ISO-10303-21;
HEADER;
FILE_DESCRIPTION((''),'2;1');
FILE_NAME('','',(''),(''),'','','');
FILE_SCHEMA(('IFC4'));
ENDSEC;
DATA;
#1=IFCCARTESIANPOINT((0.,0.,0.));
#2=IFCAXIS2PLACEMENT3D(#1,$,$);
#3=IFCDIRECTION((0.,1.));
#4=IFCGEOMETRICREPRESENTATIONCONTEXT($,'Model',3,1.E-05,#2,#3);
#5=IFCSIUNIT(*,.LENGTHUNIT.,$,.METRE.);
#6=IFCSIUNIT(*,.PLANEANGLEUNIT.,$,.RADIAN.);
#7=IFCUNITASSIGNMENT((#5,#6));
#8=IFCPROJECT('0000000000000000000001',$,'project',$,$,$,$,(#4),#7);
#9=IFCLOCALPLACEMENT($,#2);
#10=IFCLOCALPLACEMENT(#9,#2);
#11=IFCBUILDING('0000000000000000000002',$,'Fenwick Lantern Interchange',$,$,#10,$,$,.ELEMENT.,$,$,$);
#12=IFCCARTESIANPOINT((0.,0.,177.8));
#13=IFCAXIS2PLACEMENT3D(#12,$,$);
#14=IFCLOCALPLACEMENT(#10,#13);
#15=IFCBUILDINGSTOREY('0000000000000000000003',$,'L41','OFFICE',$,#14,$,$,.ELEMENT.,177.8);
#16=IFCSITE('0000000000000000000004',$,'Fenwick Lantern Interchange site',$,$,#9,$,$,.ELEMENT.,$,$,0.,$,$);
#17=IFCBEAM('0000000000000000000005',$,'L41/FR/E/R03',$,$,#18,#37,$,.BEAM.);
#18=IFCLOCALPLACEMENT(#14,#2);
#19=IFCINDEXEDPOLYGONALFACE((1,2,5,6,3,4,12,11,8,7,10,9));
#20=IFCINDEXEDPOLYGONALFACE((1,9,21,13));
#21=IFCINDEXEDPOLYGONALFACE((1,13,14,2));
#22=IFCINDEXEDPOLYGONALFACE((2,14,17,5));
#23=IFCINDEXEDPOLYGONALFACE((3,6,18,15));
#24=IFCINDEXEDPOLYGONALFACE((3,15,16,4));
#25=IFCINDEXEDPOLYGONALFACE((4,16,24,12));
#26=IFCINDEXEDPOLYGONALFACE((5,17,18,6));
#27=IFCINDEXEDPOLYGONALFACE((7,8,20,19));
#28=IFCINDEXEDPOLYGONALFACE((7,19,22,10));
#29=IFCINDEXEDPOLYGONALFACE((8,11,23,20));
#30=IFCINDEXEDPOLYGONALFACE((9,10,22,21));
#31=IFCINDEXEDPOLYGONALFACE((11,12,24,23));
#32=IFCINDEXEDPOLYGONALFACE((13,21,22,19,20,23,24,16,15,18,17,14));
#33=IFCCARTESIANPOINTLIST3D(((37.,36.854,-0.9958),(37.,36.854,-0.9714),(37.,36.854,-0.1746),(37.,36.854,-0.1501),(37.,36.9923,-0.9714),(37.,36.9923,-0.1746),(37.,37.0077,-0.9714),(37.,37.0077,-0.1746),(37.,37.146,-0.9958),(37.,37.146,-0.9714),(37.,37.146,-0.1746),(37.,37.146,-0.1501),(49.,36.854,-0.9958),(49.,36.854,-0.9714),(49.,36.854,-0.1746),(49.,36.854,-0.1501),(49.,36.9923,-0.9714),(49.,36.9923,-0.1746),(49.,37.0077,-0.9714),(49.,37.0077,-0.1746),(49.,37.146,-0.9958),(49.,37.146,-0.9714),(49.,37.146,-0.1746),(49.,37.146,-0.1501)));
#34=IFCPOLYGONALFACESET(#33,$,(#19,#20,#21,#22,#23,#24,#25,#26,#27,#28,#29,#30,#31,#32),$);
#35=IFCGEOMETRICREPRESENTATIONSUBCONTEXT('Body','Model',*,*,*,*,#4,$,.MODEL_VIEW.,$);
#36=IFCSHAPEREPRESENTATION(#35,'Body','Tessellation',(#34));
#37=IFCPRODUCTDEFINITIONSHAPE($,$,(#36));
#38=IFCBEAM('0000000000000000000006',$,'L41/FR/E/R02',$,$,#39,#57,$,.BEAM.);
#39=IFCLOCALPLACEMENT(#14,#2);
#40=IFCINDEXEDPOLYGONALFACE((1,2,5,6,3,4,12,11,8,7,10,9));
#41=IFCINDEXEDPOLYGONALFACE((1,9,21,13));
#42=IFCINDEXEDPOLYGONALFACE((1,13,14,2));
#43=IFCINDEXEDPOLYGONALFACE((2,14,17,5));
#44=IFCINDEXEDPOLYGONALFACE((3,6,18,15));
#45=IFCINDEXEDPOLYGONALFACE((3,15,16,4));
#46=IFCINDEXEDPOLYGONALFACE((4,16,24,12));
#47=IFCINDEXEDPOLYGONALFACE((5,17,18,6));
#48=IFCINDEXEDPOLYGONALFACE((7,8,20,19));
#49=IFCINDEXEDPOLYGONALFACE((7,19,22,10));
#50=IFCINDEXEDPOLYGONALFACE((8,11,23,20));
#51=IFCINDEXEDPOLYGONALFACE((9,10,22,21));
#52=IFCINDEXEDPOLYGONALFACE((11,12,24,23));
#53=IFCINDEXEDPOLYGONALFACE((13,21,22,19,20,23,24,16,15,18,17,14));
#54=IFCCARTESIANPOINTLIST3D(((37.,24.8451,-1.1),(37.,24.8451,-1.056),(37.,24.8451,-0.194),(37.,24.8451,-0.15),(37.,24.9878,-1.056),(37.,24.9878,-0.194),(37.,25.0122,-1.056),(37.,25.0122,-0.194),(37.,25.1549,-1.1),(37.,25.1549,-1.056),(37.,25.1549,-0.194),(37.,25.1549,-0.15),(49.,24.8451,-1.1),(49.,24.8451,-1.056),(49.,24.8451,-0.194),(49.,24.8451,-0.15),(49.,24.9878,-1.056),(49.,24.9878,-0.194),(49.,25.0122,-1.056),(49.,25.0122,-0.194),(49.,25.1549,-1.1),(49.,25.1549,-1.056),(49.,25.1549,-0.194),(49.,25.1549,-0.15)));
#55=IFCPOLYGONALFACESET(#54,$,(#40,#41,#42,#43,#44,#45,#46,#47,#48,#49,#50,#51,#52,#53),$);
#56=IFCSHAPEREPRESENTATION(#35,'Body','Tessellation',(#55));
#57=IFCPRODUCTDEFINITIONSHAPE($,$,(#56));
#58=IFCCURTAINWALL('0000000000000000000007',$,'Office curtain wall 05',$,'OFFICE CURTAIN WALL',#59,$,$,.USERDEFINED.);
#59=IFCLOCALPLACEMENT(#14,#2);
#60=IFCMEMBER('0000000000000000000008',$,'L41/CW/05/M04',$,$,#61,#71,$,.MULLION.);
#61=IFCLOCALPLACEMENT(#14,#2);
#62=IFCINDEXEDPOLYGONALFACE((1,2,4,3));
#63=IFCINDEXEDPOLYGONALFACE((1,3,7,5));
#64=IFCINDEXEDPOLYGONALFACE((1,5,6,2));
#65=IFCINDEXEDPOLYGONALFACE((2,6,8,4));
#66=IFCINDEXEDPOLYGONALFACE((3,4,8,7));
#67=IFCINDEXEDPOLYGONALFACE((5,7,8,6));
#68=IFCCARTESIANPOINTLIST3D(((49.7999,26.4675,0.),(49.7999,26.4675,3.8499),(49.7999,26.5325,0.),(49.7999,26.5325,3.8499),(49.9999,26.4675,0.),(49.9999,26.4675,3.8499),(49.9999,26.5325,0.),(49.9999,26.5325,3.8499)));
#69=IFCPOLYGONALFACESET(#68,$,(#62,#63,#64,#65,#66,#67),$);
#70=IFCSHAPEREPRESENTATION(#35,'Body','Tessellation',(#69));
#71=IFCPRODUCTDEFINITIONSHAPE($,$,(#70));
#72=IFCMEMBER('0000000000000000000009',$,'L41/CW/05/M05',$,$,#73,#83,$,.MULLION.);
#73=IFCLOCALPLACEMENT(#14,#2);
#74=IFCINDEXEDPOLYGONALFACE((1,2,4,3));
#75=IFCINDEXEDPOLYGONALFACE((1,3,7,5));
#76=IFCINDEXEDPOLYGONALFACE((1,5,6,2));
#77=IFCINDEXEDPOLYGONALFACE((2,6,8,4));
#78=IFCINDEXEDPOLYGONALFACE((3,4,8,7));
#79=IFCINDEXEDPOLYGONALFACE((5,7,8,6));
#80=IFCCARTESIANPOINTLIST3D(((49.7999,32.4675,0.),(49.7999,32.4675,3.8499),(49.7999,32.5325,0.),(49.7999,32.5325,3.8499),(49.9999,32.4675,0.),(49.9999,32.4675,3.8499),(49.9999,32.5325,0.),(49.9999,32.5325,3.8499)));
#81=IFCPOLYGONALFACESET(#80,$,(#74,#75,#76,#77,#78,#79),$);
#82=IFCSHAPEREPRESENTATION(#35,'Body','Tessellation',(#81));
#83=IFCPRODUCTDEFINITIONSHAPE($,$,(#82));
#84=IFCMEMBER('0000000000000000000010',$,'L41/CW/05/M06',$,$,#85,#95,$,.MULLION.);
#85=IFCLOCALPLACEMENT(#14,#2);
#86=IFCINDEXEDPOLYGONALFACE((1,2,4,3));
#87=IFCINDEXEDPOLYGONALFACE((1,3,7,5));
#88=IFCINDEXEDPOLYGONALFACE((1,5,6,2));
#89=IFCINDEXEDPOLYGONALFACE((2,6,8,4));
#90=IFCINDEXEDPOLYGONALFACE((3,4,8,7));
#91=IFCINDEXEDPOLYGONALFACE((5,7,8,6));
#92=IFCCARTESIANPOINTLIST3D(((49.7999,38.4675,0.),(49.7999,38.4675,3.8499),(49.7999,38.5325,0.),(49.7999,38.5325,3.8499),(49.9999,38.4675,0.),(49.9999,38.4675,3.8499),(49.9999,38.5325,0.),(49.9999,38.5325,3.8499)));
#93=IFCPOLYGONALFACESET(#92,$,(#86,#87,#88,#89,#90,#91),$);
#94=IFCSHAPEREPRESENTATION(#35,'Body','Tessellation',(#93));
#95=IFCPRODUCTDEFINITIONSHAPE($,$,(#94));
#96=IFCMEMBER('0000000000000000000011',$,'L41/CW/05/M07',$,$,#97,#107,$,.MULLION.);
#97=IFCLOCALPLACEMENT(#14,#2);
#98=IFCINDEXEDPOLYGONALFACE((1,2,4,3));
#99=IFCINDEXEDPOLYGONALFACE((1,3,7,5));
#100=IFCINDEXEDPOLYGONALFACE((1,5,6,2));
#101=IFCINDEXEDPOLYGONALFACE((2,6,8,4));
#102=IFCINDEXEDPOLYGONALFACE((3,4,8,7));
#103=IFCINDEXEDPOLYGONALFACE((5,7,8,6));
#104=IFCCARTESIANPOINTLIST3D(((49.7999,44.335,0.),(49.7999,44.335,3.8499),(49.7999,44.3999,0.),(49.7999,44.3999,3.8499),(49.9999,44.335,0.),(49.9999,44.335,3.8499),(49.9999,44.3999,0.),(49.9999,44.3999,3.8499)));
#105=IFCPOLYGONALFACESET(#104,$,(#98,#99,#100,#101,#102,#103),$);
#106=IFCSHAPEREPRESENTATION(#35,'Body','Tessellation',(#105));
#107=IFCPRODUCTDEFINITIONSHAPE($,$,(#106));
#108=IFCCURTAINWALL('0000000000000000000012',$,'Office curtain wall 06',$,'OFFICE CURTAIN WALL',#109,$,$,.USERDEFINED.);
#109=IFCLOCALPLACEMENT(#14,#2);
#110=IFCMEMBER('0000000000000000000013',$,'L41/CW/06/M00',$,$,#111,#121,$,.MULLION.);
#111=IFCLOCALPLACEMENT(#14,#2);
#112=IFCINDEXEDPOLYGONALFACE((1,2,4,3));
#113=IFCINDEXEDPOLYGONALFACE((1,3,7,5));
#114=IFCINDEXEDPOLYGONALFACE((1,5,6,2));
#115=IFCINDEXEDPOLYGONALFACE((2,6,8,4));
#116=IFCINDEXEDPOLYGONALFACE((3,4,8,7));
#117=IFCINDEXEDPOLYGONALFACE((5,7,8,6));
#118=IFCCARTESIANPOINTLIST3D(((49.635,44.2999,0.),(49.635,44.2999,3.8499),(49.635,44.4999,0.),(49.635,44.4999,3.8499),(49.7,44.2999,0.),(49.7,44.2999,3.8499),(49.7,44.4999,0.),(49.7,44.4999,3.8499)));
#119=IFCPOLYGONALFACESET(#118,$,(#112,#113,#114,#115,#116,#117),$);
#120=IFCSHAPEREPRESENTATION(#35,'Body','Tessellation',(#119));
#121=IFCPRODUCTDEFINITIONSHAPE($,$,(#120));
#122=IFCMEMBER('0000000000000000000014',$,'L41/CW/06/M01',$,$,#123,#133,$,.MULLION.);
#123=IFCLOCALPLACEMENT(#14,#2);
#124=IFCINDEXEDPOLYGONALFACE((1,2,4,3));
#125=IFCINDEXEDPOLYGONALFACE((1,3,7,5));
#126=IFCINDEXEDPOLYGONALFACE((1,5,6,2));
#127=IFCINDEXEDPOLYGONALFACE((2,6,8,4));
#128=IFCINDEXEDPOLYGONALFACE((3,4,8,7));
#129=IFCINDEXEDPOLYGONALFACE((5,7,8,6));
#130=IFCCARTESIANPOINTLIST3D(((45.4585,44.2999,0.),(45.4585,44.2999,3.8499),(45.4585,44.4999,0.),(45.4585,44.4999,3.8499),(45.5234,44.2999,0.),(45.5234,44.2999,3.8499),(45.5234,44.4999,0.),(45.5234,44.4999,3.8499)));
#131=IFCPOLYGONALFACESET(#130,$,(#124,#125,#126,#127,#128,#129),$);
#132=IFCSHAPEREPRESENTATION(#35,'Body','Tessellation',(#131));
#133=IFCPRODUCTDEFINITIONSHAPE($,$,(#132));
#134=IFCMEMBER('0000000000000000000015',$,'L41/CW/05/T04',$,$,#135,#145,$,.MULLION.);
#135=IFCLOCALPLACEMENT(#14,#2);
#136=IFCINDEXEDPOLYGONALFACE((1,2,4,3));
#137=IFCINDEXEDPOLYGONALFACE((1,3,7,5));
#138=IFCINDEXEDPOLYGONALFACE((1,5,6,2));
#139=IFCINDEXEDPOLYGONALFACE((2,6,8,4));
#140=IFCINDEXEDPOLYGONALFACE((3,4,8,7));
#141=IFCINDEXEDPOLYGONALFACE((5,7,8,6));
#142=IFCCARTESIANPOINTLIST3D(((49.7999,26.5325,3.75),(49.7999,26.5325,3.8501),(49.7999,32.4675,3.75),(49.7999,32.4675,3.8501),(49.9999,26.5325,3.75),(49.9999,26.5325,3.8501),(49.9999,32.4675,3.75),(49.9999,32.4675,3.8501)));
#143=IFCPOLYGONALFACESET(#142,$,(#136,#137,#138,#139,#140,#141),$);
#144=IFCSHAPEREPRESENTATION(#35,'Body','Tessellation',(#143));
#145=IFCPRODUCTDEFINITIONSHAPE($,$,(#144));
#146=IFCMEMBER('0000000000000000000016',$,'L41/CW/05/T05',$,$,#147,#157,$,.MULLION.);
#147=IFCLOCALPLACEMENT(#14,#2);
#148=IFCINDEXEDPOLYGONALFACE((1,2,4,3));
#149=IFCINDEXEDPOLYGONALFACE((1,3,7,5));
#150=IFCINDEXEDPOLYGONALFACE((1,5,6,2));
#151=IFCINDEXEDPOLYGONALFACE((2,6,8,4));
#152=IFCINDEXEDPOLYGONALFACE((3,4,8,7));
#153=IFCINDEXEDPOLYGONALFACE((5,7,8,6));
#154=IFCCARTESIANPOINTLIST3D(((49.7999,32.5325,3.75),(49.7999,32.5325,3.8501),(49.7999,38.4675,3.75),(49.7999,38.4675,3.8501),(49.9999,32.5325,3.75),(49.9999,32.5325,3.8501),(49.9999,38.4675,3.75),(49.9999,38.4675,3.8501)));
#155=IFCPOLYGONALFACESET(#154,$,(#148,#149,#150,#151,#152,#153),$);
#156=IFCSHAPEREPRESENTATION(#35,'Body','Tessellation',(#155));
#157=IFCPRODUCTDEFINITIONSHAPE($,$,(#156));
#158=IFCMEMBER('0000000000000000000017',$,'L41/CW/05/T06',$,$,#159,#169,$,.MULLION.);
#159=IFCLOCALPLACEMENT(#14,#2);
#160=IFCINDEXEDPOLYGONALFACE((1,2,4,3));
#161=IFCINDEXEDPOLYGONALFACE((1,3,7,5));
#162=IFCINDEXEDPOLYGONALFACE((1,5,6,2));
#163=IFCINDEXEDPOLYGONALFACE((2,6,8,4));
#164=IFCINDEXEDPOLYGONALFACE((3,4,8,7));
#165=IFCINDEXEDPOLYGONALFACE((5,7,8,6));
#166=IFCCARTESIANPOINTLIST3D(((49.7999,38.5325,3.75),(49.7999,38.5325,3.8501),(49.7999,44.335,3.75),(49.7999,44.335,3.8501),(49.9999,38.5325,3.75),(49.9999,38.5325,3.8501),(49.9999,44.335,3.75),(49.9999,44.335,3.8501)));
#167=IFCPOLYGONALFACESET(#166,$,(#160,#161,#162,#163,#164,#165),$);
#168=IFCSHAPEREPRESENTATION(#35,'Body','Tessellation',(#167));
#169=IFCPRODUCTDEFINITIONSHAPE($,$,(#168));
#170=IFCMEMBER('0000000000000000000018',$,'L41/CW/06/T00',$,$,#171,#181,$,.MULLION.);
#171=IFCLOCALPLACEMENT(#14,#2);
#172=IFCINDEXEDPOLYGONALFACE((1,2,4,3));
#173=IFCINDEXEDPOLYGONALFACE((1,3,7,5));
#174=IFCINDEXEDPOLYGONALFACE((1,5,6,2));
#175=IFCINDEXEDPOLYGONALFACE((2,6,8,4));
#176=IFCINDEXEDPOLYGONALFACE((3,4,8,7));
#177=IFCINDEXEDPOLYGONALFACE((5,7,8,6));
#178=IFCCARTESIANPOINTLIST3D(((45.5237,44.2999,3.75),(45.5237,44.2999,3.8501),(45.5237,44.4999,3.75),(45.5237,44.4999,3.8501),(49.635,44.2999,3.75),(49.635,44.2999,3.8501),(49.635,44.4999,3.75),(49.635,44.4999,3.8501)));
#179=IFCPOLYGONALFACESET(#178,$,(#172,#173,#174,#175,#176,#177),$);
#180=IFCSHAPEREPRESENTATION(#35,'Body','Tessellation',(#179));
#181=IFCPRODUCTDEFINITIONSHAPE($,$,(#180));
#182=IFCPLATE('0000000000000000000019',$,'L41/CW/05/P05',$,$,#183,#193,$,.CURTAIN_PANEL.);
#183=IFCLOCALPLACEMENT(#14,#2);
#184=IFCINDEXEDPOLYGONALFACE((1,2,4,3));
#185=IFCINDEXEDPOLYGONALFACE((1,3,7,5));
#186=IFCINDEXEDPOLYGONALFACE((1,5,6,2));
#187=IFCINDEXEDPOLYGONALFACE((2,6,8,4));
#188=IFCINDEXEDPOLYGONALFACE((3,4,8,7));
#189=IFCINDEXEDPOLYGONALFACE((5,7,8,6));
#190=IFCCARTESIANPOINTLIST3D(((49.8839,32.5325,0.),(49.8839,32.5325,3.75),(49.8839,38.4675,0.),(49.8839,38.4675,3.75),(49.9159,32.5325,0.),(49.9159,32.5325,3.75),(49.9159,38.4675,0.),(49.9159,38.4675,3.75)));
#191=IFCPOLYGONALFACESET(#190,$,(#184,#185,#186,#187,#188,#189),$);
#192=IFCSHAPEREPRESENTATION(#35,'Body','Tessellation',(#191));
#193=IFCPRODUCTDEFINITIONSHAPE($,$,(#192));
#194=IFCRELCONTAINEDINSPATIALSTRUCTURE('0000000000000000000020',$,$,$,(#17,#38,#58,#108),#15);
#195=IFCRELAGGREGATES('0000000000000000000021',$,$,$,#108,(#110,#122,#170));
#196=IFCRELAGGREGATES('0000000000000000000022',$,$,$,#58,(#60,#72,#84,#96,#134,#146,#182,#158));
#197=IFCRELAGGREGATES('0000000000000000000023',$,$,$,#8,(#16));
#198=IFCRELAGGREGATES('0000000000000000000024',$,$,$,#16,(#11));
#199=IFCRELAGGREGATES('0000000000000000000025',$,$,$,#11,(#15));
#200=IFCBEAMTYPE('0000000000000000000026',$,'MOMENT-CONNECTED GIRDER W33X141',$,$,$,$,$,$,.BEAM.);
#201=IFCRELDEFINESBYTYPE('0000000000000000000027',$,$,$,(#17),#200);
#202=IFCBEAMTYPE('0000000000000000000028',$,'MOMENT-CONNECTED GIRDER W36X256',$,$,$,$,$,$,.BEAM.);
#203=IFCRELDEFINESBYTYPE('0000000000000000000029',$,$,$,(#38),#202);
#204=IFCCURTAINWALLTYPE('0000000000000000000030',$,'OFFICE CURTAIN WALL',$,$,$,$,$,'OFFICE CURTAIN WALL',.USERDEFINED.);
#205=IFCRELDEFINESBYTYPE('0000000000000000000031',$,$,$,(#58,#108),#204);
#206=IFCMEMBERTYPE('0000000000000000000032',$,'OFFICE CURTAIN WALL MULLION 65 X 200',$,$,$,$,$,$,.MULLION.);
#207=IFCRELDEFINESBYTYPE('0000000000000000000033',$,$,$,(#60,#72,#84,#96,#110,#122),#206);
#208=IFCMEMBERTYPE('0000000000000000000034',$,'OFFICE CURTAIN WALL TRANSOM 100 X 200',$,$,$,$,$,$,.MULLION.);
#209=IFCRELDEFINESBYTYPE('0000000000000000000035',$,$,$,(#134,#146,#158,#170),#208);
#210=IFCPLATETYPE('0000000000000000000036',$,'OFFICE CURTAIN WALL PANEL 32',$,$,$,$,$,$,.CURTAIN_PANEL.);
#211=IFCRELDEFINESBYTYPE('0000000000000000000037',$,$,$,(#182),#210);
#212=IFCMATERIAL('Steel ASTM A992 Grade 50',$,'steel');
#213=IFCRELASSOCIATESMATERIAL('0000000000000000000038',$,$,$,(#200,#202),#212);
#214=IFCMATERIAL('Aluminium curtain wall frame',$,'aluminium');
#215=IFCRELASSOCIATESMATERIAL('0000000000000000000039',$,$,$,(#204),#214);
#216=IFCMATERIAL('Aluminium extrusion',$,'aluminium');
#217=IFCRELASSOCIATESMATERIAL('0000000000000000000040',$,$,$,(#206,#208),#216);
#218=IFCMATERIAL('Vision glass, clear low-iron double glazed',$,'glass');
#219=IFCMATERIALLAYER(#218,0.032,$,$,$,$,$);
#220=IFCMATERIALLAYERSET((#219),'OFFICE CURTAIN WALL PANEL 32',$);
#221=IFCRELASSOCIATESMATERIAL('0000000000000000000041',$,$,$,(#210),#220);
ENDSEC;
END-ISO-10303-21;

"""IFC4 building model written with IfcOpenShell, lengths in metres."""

from ifc_helpers import new_model, si_unit, direction, frame, origin, origin_2d, place, context, subcontext, project, spatial, rectangle, i_section, extrude, material, layer, layer_set, material_profile, profile_set, type_object, element, aggregate, save


model = new_model("IFC4")

# Units and contexts
model_context = context("Model", 3, precision=1e-05, world=origin(), true_north=direction((0.0, 1.0)))
body_context = subcontext(model_context, "Body", "Model", "MODEL_VIEW")
ifc_project = project(units=[si_unit("LENGTHUNIT", "METRE"), si_unit("PLANEANGLEUNIT", "RADIAN")], contexts=[model_context])

# Site, building, storey
site_placement = place(None, origin())
site = spatial("IfcSite", under=ifc_project, at=site_placement, Name="Fenwick Lantern Interchange site", CompositionType="ELEMENT", RefElevation=0.0)
building_placement = place(site_placement, origin())
building = spatial("IfcBuilding", under=site, at=building_placement, Name="Fenwick Lantern Interchange", CompositionType="ELEMENT")
storey_placement = place(building_placement, frame((0.0, 0.0, 177.8)))
storey = spatial("IfcBuildingStorey", under=building, at=storey_placement, Name="L41", Description="OFFICE", CompositionType="ELEMENT", Elevation=177.8)

# Shared definitions
ifc_material_1 = material(Name="Steel ASTM A992 Grade 50", Category="steel")

# Beams
ifc_material_profile_1 = material_profile(ifc_material_1, i_section(OverallWidth=0.292, OverallDepth=0.8457, WebThickness=0.0154, FlangeThickness=0.0244, at=origin_2d()), Name="W33X141")
ifc_profile_set_1 = profile_set([ifc_material_profile_1], Name="Steel ASTM A992 Grade 50")
beam_type_1 = type_object("IfcBeamType", Name="MOMENT-CONNECTED GIRDER W33X141", PredefinedType="BEAM", material=ifc_profile_set_1)
beam_1_placement = place(storey_placement, frame((49.0, 37.0, -0.573), z_axis=(-1.0, 0.0, 0.0), x_axis=(0.0, -1.0, 0.0)))
element("IfcBeam", 1, at=beam_1_placement, inside=storey, type_object=beam_type_1, Name="L41/FR/E/R03", PredefinedType="BEAM", context=body_context, shape_type="SweptSolid", body=[
    extrude(i_section(OverallWidth=0.292, OverallDepth=0.8457, WebThickness=0.0154, FlangeThickness=0.0244, at=origin_2d()), origin(), (0.0, 0.0, 1.0), 12.0),
])
ifc_material_profile_2 = material_profile(ifc_material_1, i_section(OverallWidth=0.3098, OverallDepth=0.95, WebThickness=0.0244, FlangeThickness=0.0439, at=origin_2d()), Name="W36X256")
ifc_profile_set_2 = profile_set([ifc_material_profile_2], Name="Steel ASTM A992 Grade 50")
beam_type_2 = type_object("IfcBeamType", Name="MOMENT-CONNECTED GIRDER W36X256", PredefinedType="BEAM", material=ifc_profile_set_2)
beam_2_placement = place(storey_placement, frame((49.0, 25.0, -0.625), z_axis=(-1.0, 0.0, 0.0), x_axis=(0.0, -1.0, 0.0)))
element("IfcBeam", 2, at=beam_2_placement, inside=storey, type_object=beam_type_2, Name="L41/FR/E/R02", PredefinedType="BEAM", context=body_context, shape_type="SweptSolid", body=[
    extrude(i_section(OverallWidth=0.3098, OverallDepth=0.95, WebThickness=0.0244, FlangeThickness=0.0439, at=origin_2d()), origin(), (0.0, 0.0, 1.0), 12.0),
])

# Curtain walls, members
ifc_material_2 = material(Name="Aluminium curtain wall frame", Category="aluminium")
curtain_wall_type = type_object("IfcCurtainWallType", Name="OFFICE CURTAIN WALL", ElementType="OFFICE CURTAIN WALL", PredefinedType="USERDEFINED", material=ifc_material_2)
curtain_wall_1_placement = place(storey_placement, origin())
curtain_wall_1 = element("IfcCurtainWall", 3, at=curtain_wall_1_placement, inside=storey, type_object=curtain_wall_type, Name="Office curtain wall 05", ObjectType="OFFICE CURTAIN WALL", PredefinedType="USERDEFINED")
ifc_material_3 = material(Name="Aluminium extrusion", Category="aluminium")
ifc_material_profile_3 = material_profile(ifc_material_3, rectangle(XDim=0.2, YDim=0.0649, at=origin_2d()), Name="OFFICE CURTAIN WALL MULLION 65 X 200")
ifc_profile_set_3 = profile_set([ifc_material_profile_3], Name="Aluminium extrusion")
member_type_1 = type_object("IfcMemberType", Name="OFFICE CURTAIN WALL MULLION 65 X 200", PredefinedType="MULLION", material=ifc_profile_set_3)
member_1_placement = place(storey_placement, frame((49.8999, 26.5, 0.0), z_axis=(0.0, 0.0, 1.0), x_axis=(-1.0, 0.0, 0.0)))
member_1 = element("IfcMember", 4, at=member_1_placement, type_object=member_type_1, Name="L41/CW/05/M04", PredefinedType="MULLION", context=body_context, shape_type="SweptSolid", body=[
    extrude(rectangle(XDim=0.2, YDim=0.0649, at=origin_2d()), origin(), (0.0, 0.0, 1.0), 3.8499),
])
member_2_placement = place(storey_placement, frame((49.8999, 32.5, 0.0), z_axis=(0.0, 0.0, 1.0), x_axis=(-1.0, 0.0, 0.0)))
member_2 = element("IfcMember", 5, at=member_2_placement, type_object=member_type_1, Name="L41/CW/05/M05", PredefinedType="MULLION", context=body_context, shape_type="SweptSolid", body=[
    extrude(rectangle(XDim=0.2, YDim=0.0649, at=origin_2d()), origin(), (0.0, 0.0, 1.0), 3.8499),
])
member_3_placement = place(storey_placement, frame((49.8999, 38.5, 0.0), z_axis=(0.0, 0.0, 1.0), x_axis=(-1.0, 0.0, 0.0)))
member_3 = element("IfcMember", 6, at=member_3_placement, type_object=member_type_1, Name="L41/CW/05/M06", PredefinedType="MULLION", context=body_context, shape_type="SweptSolid", body=[
    extrude(rectangle(XDim=0.2, YDim=0.0649, at=origin_2d()), origin(), (0.0, 0.0, 1.0), 3.8499),
])
member_4_placement = place(storey_placement, frame((49.8999, 44.3674, 0.0), z_axis=(0.0, 0.0, 1.0), x_axis=(-1.0, 0.0, 0.0)))
member_4 = element("IfcMember", 7, at=member_4_placement, type_object=member_type_1, Name="L41/CW/05/M07", PredefinedType="MULLION", context=body_context, shape_type="SweptSolid", body=[
    extrude(rectangle(XDim=0.2, YDim=0.0649, at=origin_2d()), origin(), (0.0, 0.0, 1.0), 3.8499),
])
curtain_wall_2_placement = place(storey_placement, origin())
curtain_wall_2 = element("IfcCurtainWall", 8, at=curtain_wall_2_placement, inside=storey, type_object=curtain_wall_type, Name="Office curtain wall 06", ObjectType="OFFICE CURTAIN WALL", PredefinedType="USERDEFINED")
member_5_placement = place(storey_placement, frame((49.6675, 44.3999, 0.0), z_axis=(0.0, 0.0, 1.0), x_axis=(0.0, -1.0, 0.0)))
member_5 = element("IfcMember", 9, at=member_5_placement, type_object=member_type_1, Name="L41/CW/06/M00", PredefinedType="MULLION", context=body_context, shape_type="SweptSolid", body=[
    extrude(rectangle(XDim=0.2, YDim=0.0649, at=origin_2d()), origin(), (0.0, 0.0, 1.0), 3.8499),
])
member_6_placement = place(storey_placement, frame((45.491, 44.3999, 0.0), z_axis=(0.0, 0.0, 1.0), x_axis=(0.0, -1.0, 0.0)))
member_6 = element("IfcMember", 10, at=member_6_placement, type_object=member_type_1, Name="L41/CW/06/M01", PredefinedType="MULLION", context=body_context, shape_type="SweptSolid", body=[
    extrude(rectangle(XDim=0.2, YDim=0.0649, at=origin_2d()), origin(), (0.0, 0.0, 1.0), 3.8499),
])

# Members
ifc_material_profile_4 = material_profile(ifc_material_3, rectangle(XDim=0.2, YDim=0.1001, at=origin_2d()), Name="OFFICE CURTAIN WALL TRANSOM 100 X 200")
ifc_profile_set_4 = profile_set([ifc_material_profile_4], Name="Aluminium extrusion")
member_type_2 = type_object("IfcMemberType", Name="OFFICE CURTAIN WALL TRANSOM 100 X 200", PredefinedType="MULLION", material=ifc_profile_set_4)
member_7_placement = place(storey_placement, frame((49.8999, 26.5325, 3.8), z_axis=(0.0, 1.0, 0.0), x_axis=(-1.0, 0.0, 0.0)))
member_7 = element("IfcMember", 11, at=member_7_placement, type_object=member_type_2, Name="L41/CW/05/T04", PredefinedType="MULLION", context=body_context, shape_type="SweptSolid", body=[
    extrude(rectangle(XDim=0.2, YDim=0.1001, at=origin_2d()), origin(), (0.0, 0.0, 1.0), 5.9351),
])
member_8_placement = place(storey_placement, frame((49.8999, 32.5325, 3.8), z_axis=(0.0, 1.0, 0.0), x_axis=(-1.0, 0.0, 0.0)))
member_8 = element("IfcMember", 12, at=member_8_placement, type_object=member_type_2, Name="L41/CW/05/T05", PredefinedType="MULLION", context=body_context, shape_type="SweptSolid", body=[
    extrude(rectangle(XDim=0.2, YDim=0.1001, at=origin_2d()), origin(), (0.0, 0.0, 1.0), 5.9351),
])
member_9_placement = place(storey_placement, frame((49.8999, 38.5325, 3.8), z_axis=(0.0, 1.0, 0.0), x_axis=(-1.0, 0.0, 0.0)))
member_9 = element("IfcMember", 13, at=member_9_placement, type_object=member_type_2, Name="L41/CW/05/T06", PredefinedType="MULLION", context=body_context, shape_type="SweptSolid", body=[
    extrude(rectangle(XDim=0.2, YDim=0.1001, at=origin_2d()), origin(), (0.0, 0.0, 1.0), 5.8025),
])
member_10_placement = place(storey_placement, frame((49.635, 44.3999, 3.8), z_axis=(-1.0, 0.0, 0.0), x_axis=(0.0, -1.0, 0.0)))
member_10 = element("IfcMember", 14, at=member_10_placement, type_object=member_type_2, Name="L41/CW/06/T00", PredefinedType="MULLION", context=body_context, shape_type="SweptSolid", body=[
    extrude(rectangle(XDim=0.2, YDim=0.1001, at=origin_2d()), origin(), (0.0, 0.0, 1.0), 4.1113),
])
aggregate(curtain_wall_2, [member_5, member_6, member_10])

# Plate
ifc_material_4 = material(Name="Vision glass, clear low-iron double glazed", Category="glass")
ifc_layer_1 = layer(ifc_material_4, 0.032)
ifc_layer_set_1 = layer_set([ifc_layer_1], Name="OFFICE CURTAIN WALL PANEL 32")
plate_type = type_object("IfcPlateType", Name="OFFICE CURTAIN WALL PANEL 32", PredefinedType="CURTAIN_PANEL", material=ifc_layer_set_1)
plate_placement = place(storey_placement, frame((49.8999, 35.5, 0.0), z_axis=(0.0, 0.0, 1.0), x_axis=(0.0, 1.0, 0.0)))
plate = element("IfcPlate", 15, at=plate_placement, type_object=plate_type, Name="L41/CW/05/P05", PredefinedType="CURTAIN_PANEL", context=body_context, shape_type="SweptSolid", body=[
    extrude(rectangle(XDim=5.9351, YDim=0.032, at=origin_2d()), origin(), (0.0, 0.0, 1.0), 3.75),
])
aggregate(curtain_wall_1, [member_1, member_2, member_3, member_4, member_7, member_8, plate, member_9])

save(model, "model.ifc")
